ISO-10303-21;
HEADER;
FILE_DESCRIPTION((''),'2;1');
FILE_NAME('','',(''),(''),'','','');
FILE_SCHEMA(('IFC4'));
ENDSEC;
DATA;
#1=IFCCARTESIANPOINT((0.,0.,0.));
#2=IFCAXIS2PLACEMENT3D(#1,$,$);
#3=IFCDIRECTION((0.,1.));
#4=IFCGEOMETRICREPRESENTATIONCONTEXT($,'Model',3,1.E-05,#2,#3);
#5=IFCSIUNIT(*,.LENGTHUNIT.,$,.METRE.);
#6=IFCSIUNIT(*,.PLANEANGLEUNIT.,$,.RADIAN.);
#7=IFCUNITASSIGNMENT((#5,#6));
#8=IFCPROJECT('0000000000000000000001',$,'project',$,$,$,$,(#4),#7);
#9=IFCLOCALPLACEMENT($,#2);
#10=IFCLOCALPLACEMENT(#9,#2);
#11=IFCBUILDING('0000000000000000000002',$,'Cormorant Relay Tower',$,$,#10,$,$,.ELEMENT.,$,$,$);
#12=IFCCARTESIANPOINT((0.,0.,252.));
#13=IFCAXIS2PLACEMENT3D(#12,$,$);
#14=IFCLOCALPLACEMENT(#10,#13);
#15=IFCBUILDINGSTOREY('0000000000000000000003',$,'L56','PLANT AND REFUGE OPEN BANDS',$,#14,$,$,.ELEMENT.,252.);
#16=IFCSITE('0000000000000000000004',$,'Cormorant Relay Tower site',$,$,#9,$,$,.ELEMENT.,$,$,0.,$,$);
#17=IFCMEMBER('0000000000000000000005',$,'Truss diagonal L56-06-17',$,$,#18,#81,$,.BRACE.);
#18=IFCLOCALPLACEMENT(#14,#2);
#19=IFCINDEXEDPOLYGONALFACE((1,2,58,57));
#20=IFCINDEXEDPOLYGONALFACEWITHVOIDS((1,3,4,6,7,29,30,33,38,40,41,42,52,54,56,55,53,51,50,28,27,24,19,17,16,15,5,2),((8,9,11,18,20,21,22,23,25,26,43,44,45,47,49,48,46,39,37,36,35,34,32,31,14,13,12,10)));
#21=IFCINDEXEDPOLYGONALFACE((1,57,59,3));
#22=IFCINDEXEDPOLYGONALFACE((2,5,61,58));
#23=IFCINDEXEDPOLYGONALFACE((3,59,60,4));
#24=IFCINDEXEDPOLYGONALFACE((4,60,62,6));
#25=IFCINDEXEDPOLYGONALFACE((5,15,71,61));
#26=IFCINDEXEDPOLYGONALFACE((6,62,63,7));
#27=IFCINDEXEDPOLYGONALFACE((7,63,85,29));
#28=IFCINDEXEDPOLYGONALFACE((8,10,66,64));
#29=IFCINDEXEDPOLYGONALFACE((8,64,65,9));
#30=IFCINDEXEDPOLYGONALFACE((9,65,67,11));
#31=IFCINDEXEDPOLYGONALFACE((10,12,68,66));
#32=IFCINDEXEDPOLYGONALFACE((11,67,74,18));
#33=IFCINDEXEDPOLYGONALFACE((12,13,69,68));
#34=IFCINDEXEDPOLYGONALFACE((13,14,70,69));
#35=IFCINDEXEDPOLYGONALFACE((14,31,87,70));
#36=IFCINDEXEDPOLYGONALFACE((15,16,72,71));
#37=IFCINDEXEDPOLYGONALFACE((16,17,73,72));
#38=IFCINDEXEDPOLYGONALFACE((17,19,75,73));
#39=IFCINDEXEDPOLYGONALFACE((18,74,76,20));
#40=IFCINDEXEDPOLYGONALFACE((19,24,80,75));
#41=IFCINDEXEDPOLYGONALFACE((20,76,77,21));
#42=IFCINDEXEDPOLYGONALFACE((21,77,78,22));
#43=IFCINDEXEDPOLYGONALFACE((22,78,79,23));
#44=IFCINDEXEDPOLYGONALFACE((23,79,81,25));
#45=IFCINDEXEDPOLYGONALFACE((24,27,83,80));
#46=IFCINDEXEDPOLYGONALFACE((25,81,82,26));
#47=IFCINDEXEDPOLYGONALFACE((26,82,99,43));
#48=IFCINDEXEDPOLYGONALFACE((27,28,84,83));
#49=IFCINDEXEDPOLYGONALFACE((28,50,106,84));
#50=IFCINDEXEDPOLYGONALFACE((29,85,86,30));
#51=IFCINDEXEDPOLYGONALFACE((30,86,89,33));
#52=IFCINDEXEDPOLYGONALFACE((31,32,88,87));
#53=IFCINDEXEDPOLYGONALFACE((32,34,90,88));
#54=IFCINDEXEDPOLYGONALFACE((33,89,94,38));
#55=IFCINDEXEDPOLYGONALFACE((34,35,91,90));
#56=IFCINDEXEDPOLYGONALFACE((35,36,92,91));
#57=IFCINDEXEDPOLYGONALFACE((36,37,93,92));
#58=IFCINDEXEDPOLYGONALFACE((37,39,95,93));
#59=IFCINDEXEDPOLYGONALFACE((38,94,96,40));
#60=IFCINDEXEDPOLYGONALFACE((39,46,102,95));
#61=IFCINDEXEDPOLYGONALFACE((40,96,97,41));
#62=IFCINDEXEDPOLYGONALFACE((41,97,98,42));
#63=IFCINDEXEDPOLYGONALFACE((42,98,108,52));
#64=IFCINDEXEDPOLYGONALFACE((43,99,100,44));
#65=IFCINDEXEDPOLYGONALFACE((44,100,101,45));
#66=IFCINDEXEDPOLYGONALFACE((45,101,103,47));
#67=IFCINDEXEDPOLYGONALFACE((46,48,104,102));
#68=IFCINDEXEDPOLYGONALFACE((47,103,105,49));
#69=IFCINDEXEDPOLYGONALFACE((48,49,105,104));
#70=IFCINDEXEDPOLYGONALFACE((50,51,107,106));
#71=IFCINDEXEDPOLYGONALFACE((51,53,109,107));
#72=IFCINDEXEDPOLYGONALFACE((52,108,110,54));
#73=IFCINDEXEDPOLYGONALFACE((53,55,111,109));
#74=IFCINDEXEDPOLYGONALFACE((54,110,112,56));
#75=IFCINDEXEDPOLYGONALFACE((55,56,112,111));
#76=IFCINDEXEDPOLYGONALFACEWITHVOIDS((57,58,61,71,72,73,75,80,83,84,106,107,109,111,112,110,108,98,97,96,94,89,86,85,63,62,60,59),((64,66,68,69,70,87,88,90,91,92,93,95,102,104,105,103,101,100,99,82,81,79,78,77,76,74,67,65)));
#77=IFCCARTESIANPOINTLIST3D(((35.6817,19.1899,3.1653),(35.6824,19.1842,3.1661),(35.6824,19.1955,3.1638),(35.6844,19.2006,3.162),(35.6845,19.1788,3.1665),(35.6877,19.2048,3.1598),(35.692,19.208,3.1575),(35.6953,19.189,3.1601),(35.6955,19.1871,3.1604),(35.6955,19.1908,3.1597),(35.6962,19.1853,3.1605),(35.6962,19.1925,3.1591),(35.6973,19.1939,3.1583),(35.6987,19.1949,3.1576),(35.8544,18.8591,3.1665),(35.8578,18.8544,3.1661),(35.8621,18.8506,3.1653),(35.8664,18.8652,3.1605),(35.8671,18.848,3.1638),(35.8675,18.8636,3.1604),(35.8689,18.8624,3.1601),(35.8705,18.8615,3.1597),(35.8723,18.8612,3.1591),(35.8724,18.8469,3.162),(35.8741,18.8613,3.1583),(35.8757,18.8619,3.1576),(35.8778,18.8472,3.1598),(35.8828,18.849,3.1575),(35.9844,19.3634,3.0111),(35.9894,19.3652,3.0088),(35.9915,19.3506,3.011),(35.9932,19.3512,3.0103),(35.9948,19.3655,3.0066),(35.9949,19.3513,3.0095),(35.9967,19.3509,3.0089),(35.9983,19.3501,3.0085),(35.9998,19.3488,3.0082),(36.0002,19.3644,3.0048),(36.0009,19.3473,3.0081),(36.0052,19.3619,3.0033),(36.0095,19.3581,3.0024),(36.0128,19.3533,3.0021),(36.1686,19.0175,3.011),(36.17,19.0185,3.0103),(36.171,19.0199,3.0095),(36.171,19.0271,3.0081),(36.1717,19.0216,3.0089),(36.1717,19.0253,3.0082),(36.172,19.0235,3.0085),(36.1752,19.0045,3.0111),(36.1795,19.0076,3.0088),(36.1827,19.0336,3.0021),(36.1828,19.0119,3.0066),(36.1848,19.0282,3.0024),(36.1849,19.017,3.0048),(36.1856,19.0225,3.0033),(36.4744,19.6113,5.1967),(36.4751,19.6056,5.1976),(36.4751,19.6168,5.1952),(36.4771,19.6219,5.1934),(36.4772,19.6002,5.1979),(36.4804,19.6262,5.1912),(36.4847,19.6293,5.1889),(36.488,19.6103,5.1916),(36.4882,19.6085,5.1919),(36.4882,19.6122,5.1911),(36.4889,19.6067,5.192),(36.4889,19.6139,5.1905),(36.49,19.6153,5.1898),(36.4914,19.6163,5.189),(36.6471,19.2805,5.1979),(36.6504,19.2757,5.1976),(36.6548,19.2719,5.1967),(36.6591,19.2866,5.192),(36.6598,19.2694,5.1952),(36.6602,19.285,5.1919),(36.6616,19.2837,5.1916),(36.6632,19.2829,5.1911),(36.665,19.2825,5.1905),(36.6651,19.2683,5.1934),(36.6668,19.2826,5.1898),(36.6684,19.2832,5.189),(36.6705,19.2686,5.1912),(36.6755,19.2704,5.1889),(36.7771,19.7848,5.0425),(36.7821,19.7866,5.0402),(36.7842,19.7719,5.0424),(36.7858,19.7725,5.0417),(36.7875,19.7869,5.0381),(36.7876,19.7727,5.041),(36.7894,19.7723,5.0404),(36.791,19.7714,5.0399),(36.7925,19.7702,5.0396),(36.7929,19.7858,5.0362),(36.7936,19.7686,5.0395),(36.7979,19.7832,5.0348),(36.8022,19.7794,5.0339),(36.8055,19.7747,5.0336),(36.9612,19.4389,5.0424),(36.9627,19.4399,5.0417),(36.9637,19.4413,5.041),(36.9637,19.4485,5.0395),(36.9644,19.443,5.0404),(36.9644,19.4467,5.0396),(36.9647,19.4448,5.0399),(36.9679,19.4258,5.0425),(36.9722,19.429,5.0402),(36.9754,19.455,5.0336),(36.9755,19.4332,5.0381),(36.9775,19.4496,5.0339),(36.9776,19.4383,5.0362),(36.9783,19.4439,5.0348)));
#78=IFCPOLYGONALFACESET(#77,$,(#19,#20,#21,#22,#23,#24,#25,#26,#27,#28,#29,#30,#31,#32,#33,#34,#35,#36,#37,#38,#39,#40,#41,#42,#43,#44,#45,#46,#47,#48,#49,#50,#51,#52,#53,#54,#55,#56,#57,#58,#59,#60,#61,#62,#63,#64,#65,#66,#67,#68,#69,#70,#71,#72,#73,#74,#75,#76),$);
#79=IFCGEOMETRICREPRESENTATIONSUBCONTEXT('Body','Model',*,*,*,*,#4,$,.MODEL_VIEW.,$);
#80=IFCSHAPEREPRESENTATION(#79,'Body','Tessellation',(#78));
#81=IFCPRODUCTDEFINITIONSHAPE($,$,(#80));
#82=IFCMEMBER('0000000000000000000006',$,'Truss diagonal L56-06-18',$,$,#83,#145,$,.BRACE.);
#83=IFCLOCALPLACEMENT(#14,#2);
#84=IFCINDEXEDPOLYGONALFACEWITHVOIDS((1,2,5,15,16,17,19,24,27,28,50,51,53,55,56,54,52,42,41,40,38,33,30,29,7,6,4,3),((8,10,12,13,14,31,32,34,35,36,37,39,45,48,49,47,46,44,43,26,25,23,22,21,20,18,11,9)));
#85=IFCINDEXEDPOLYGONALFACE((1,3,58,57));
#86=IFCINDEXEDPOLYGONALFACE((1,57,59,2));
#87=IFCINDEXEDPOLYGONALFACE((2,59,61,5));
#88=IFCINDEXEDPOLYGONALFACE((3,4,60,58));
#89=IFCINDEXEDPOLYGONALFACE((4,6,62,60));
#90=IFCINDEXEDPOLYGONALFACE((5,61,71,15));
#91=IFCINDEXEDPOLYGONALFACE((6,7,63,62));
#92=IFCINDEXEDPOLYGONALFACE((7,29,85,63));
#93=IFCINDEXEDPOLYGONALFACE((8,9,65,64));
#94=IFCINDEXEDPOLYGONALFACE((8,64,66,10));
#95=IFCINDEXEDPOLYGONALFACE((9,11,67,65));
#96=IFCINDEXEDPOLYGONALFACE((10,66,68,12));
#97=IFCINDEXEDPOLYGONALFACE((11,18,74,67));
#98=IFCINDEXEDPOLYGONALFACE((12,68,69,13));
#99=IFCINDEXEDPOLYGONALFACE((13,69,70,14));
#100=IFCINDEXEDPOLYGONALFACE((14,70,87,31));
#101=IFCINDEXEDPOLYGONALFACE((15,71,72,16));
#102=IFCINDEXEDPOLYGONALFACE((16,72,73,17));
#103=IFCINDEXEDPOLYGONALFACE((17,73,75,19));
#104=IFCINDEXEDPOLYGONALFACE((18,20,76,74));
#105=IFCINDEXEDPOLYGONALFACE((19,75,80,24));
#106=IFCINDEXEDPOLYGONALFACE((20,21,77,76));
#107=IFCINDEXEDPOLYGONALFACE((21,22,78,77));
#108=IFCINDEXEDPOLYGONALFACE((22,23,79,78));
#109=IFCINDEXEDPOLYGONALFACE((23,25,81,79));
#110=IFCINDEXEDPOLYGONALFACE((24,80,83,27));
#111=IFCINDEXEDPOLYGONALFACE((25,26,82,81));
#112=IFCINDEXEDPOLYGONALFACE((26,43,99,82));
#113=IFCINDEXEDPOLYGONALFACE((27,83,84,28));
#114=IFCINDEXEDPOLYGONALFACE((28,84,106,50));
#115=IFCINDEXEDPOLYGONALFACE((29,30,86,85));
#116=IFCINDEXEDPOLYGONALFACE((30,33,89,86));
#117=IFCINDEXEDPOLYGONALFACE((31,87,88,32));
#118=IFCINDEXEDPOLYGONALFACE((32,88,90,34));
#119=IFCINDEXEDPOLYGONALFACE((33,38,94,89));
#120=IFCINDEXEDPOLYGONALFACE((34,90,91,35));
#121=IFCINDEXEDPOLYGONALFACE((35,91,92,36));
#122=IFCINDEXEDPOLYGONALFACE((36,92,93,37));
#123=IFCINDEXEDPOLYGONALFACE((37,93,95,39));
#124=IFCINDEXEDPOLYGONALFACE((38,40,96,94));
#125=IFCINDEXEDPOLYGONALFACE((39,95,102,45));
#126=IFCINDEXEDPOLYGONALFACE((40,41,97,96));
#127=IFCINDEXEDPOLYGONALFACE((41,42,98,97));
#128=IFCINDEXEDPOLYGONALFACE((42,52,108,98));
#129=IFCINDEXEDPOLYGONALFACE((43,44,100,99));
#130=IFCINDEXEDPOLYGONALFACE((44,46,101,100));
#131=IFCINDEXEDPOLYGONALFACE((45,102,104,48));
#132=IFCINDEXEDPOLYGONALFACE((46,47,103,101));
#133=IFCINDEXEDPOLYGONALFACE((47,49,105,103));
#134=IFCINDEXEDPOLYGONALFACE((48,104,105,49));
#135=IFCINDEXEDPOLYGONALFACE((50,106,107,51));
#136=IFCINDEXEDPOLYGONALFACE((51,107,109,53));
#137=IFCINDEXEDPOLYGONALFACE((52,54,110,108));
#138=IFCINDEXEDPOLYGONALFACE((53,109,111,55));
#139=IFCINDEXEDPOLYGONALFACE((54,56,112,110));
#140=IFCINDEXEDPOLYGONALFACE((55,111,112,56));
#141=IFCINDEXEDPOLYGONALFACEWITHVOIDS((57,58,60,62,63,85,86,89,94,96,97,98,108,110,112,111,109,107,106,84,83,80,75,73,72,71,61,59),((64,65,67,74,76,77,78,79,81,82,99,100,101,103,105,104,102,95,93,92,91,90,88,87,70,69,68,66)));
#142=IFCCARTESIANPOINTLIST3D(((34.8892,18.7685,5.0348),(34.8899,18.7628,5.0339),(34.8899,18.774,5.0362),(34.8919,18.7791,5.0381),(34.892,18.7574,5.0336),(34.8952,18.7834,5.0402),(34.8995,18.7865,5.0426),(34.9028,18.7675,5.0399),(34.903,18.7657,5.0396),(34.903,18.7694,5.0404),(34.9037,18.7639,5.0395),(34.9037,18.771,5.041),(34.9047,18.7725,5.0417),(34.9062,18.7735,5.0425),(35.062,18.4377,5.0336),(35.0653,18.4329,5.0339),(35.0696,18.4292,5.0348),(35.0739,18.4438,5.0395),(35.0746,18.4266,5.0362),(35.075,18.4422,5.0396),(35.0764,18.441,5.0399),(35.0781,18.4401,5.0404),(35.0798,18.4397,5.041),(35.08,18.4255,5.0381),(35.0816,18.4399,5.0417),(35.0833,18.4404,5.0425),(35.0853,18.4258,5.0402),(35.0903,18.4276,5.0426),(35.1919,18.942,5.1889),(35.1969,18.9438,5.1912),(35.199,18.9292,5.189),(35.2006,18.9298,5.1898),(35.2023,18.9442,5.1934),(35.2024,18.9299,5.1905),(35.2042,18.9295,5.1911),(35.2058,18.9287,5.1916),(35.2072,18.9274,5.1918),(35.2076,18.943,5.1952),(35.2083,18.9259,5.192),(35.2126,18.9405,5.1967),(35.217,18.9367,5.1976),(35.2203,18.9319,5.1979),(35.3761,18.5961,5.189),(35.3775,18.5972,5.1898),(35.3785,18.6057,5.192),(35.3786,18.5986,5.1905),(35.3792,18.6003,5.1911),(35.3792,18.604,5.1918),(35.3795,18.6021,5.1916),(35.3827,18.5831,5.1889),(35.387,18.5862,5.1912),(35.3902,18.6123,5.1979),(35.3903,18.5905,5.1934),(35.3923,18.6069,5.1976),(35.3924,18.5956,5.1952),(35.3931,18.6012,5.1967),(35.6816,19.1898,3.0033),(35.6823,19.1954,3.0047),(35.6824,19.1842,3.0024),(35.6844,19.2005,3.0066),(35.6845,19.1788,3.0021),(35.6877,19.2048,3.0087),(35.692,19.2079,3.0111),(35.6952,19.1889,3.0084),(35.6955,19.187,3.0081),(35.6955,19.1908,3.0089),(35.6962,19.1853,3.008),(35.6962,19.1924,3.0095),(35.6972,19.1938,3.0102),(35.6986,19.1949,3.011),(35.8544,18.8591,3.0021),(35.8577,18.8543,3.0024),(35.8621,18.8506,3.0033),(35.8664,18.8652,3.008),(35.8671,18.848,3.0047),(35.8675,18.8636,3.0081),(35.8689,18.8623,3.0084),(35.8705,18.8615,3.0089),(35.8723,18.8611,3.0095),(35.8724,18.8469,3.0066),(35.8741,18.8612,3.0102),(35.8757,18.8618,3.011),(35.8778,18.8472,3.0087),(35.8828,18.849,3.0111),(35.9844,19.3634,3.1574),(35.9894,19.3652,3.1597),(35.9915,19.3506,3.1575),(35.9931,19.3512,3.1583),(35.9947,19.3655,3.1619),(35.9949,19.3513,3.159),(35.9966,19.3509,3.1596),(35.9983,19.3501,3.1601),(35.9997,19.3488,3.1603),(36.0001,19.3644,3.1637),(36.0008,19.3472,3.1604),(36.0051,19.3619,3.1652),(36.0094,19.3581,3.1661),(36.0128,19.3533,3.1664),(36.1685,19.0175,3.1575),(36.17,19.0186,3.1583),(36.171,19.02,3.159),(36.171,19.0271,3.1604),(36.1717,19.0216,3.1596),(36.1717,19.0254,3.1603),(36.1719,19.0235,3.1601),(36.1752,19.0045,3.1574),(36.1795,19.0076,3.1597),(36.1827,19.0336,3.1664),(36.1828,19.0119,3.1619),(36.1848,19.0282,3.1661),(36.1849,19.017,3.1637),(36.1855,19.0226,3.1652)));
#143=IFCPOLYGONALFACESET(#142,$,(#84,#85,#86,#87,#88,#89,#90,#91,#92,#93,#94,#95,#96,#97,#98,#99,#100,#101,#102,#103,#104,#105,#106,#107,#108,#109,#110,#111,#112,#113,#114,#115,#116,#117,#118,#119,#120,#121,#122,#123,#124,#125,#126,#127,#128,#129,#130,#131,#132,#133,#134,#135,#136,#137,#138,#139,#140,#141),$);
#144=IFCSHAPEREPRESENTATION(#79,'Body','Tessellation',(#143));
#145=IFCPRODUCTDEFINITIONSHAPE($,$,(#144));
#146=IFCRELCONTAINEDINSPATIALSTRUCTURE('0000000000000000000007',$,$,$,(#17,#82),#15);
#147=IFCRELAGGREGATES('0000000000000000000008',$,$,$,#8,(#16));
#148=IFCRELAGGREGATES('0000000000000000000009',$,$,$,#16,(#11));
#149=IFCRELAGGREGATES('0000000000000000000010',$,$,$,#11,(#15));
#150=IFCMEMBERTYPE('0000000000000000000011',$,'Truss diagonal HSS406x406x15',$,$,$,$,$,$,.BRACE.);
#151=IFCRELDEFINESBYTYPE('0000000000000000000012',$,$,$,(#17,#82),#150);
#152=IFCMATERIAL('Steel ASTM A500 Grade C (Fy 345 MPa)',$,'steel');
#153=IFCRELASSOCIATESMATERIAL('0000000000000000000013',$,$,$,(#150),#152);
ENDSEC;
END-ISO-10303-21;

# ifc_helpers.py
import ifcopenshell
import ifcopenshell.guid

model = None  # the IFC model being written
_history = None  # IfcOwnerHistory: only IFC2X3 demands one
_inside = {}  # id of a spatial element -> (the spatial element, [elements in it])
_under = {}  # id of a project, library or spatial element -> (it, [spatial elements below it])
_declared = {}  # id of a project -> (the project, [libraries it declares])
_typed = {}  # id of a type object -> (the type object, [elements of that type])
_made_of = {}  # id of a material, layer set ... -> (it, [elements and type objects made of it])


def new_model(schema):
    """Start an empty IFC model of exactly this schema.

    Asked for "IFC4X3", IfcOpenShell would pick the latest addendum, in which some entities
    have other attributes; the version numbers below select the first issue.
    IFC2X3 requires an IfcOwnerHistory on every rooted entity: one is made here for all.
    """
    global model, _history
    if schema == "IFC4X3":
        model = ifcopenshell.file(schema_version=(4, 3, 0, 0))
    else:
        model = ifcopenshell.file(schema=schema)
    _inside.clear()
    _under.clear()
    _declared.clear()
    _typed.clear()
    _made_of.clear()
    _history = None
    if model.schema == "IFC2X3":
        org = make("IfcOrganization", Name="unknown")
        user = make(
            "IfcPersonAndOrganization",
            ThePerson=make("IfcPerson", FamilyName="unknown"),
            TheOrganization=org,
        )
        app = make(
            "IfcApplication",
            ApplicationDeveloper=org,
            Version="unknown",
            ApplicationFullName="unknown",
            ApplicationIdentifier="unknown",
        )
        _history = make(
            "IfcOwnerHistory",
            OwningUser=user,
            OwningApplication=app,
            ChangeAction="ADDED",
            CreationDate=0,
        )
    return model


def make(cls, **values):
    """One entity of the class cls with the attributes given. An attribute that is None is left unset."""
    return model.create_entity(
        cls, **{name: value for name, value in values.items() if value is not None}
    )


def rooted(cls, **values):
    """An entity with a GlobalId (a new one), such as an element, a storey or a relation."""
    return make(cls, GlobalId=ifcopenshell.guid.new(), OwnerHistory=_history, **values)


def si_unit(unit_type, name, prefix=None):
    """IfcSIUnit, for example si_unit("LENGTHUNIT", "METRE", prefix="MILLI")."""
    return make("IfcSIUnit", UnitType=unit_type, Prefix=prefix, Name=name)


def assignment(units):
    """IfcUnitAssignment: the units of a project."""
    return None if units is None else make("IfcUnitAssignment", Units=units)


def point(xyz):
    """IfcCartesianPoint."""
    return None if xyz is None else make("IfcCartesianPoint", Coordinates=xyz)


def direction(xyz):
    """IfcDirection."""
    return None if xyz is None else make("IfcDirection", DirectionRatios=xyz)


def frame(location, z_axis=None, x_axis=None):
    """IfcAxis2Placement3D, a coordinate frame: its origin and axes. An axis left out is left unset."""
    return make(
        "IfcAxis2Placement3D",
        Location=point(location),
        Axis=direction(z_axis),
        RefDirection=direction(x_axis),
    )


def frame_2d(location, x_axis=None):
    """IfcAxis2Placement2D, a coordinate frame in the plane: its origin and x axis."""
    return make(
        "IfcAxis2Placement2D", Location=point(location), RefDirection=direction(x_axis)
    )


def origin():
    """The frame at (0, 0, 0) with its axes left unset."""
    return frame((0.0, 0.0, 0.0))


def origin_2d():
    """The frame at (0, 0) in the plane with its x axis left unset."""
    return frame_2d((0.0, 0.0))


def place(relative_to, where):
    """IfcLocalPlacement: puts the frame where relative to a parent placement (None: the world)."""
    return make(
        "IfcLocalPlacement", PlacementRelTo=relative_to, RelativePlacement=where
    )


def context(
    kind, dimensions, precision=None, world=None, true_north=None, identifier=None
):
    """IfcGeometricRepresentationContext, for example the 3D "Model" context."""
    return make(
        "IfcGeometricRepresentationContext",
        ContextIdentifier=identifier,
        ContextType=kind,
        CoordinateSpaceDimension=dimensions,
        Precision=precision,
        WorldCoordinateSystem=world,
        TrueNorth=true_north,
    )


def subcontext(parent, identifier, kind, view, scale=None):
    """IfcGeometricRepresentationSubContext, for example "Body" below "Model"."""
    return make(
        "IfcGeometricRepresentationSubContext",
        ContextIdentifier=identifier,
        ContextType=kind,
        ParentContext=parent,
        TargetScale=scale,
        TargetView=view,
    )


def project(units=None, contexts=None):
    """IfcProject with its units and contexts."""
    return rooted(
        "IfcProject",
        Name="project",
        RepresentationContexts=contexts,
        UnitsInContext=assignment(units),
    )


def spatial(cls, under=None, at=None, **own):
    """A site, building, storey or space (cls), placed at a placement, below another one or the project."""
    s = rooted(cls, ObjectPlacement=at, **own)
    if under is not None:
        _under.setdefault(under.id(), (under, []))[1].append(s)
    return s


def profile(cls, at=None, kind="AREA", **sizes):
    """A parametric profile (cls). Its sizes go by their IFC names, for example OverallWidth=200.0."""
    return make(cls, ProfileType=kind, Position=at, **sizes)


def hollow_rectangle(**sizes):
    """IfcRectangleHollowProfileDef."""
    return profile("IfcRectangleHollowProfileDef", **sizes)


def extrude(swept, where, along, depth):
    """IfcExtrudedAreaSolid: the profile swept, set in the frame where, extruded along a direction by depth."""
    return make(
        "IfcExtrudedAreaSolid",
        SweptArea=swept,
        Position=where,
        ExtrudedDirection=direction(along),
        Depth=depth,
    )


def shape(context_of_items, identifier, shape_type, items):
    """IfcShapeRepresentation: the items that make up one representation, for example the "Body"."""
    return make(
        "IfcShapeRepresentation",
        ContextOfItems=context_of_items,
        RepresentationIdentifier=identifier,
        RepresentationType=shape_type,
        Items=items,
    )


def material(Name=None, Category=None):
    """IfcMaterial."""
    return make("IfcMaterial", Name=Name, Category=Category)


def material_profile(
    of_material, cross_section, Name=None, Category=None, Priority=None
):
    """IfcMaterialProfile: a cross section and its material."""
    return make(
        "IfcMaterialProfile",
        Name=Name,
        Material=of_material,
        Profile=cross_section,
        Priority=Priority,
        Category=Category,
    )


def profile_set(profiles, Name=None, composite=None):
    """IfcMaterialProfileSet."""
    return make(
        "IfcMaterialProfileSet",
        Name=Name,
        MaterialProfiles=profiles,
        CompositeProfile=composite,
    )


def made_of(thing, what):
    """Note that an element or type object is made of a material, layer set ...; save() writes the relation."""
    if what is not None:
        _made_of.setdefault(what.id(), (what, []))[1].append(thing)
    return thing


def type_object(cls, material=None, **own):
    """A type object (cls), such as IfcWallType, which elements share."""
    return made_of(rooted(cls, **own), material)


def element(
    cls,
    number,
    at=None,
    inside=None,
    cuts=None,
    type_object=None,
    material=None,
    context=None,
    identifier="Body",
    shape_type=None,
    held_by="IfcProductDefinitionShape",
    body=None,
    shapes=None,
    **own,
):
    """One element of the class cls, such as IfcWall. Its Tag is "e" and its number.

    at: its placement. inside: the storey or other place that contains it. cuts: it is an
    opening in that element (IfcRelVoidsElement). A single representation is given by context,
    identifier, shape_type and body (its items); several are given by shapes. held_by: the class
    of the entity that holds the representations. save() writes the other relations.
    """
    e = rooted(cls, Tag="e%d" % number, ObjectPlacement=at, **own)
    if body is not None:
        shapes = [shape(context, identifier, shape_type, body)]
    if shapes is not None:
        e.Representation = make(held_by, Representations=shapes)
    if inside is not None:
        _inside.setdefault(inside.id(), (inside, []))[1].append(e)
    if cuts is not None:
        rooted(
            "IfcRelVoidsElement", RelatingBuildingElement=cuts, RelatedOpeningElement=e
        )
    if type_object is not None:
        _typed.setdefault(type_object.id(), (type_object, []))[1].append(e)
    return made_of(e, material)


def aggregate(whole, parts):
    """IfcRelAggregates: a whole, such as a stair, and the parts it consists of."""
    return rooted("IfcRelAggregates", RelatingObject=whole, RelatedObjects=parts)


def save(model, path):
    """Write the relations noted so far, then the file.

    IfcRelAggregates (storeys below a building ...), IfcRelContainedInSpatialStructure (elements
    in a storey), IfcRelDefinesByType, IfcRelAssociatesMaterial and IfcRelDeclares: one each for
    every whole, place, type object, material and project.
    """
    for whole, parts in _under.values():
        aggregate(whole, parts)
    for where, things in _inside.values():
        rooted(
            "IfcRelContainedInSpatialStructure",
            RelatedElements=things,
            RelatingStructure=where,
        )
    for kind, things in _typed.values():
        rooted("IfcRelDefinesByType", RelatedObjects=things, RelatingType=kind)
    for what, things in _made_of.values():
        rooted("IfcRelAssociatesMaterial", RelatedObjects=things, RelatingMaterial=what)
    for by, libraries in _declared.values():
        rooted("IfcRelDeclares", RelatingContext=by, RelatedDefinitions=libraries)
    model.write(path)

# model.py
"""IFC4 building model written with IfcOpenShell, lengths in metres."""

from ifc_helpers import new_model, si_unit, direction, frame, origin, origin_2d, place, context, subcontext, project, spatial, hollow_rectangle, extrude, material, material_profile, profile_set, type_object, element, save


model = new_model("IFC4")

# Units and contexts
model_context = context("Model", 3, precision=1e-05, world=origin(), true_north=direction((0.0, 1.0)))
body_context = subcontext(model_context, "Body", "Model", "MODEL_VIEW")
ifc_project = project(units=[si_unit("LENGTHUNIT", "METRE"), si_unit("PLANEANGLEUNIT", "RADIAN")], contexts=[model_context])

# Site, building, storey
site_placement = place(None, origin())
site = spatial("IfcSite", under=ifc_project, at=site_placement, Name="Cormorant Relay Tower site", CompositionType="ELEMENT", RefElevation=0.0)
building_placement = place(site_placement, origin())
building = spatial("IfcBuilding", under=site, at=building_placement, Name="Cormorant Relay Tower", CompositionType="ELEMENT")
storey_placement = place(building_placement, frame((0.0, 0.0, 252.0)))
storey = spatial("IfcBuildingStorey", under=building, at=storey_placement, Name="L56", Description="PLANT AND REFUGE OPEN BANDS", CompositionType="ELEMENT", Elevation=252.0)

# Members
ifc_material_1 = material(Name="Steel ASTM A500 Grade C (Fy 345 MPa)", Category="steel")
ifc_material_profile_1 = material_profile(ifc_material_1, hollow_rectangle(XDim=0.4065, YDim=0.4065, WallThickness=0.0146, InnerFilletRadius=0.0073, OuterFilletRadius=0.0222, at=origin_2d()), Name="HSS406x406x15")
ifc_profile_set_1 = profile_set([ifc_material_profile_1], Name="Steel ASTM A500 Grade C (Fy 345 MPa)")
member_type_1 = type_object("IfcMemberType", Name="Truss diagonal HSS406x406x15", PredefinedType="BRACE", material=ifc_profile_set_1)
for number, where, z_axis, x_axis, name in (
    (1, (36.7263, 19.5276, 5.1157), (-0.356919, -0.189726, -0.914666), (0.469374, -0.883, 0.0), "Truss diagonal L56-06-17"),
    (2, (35.9336, 19.1062, 3.0842), (-0.356823, -0.189734, 0.914701), (0.469487, -0.88294, 0.0), "Truss diagonal L56-06-18"),
):
    element("IfcMember", number, at=place(storey_placement, frame(where, z_axis=z_axis, x_axis=x_axis)), inside=storey, type_object=member_type_1, Name=name, PredefinedType="BRACE", context=body_context, shape_type="SweptSolid", body=[
        extrude(hollow_rectangle(XDim=0.4065, YDim=0.4065, WallThickness=0.0146, InnerFilletRadius=0.0073, OuterFilletRadius=0.0222, at=origin_2d()), origin(), (0.0, 0.0, 1.0), 2.2209),
    ])

save(model, "model.ifc")
